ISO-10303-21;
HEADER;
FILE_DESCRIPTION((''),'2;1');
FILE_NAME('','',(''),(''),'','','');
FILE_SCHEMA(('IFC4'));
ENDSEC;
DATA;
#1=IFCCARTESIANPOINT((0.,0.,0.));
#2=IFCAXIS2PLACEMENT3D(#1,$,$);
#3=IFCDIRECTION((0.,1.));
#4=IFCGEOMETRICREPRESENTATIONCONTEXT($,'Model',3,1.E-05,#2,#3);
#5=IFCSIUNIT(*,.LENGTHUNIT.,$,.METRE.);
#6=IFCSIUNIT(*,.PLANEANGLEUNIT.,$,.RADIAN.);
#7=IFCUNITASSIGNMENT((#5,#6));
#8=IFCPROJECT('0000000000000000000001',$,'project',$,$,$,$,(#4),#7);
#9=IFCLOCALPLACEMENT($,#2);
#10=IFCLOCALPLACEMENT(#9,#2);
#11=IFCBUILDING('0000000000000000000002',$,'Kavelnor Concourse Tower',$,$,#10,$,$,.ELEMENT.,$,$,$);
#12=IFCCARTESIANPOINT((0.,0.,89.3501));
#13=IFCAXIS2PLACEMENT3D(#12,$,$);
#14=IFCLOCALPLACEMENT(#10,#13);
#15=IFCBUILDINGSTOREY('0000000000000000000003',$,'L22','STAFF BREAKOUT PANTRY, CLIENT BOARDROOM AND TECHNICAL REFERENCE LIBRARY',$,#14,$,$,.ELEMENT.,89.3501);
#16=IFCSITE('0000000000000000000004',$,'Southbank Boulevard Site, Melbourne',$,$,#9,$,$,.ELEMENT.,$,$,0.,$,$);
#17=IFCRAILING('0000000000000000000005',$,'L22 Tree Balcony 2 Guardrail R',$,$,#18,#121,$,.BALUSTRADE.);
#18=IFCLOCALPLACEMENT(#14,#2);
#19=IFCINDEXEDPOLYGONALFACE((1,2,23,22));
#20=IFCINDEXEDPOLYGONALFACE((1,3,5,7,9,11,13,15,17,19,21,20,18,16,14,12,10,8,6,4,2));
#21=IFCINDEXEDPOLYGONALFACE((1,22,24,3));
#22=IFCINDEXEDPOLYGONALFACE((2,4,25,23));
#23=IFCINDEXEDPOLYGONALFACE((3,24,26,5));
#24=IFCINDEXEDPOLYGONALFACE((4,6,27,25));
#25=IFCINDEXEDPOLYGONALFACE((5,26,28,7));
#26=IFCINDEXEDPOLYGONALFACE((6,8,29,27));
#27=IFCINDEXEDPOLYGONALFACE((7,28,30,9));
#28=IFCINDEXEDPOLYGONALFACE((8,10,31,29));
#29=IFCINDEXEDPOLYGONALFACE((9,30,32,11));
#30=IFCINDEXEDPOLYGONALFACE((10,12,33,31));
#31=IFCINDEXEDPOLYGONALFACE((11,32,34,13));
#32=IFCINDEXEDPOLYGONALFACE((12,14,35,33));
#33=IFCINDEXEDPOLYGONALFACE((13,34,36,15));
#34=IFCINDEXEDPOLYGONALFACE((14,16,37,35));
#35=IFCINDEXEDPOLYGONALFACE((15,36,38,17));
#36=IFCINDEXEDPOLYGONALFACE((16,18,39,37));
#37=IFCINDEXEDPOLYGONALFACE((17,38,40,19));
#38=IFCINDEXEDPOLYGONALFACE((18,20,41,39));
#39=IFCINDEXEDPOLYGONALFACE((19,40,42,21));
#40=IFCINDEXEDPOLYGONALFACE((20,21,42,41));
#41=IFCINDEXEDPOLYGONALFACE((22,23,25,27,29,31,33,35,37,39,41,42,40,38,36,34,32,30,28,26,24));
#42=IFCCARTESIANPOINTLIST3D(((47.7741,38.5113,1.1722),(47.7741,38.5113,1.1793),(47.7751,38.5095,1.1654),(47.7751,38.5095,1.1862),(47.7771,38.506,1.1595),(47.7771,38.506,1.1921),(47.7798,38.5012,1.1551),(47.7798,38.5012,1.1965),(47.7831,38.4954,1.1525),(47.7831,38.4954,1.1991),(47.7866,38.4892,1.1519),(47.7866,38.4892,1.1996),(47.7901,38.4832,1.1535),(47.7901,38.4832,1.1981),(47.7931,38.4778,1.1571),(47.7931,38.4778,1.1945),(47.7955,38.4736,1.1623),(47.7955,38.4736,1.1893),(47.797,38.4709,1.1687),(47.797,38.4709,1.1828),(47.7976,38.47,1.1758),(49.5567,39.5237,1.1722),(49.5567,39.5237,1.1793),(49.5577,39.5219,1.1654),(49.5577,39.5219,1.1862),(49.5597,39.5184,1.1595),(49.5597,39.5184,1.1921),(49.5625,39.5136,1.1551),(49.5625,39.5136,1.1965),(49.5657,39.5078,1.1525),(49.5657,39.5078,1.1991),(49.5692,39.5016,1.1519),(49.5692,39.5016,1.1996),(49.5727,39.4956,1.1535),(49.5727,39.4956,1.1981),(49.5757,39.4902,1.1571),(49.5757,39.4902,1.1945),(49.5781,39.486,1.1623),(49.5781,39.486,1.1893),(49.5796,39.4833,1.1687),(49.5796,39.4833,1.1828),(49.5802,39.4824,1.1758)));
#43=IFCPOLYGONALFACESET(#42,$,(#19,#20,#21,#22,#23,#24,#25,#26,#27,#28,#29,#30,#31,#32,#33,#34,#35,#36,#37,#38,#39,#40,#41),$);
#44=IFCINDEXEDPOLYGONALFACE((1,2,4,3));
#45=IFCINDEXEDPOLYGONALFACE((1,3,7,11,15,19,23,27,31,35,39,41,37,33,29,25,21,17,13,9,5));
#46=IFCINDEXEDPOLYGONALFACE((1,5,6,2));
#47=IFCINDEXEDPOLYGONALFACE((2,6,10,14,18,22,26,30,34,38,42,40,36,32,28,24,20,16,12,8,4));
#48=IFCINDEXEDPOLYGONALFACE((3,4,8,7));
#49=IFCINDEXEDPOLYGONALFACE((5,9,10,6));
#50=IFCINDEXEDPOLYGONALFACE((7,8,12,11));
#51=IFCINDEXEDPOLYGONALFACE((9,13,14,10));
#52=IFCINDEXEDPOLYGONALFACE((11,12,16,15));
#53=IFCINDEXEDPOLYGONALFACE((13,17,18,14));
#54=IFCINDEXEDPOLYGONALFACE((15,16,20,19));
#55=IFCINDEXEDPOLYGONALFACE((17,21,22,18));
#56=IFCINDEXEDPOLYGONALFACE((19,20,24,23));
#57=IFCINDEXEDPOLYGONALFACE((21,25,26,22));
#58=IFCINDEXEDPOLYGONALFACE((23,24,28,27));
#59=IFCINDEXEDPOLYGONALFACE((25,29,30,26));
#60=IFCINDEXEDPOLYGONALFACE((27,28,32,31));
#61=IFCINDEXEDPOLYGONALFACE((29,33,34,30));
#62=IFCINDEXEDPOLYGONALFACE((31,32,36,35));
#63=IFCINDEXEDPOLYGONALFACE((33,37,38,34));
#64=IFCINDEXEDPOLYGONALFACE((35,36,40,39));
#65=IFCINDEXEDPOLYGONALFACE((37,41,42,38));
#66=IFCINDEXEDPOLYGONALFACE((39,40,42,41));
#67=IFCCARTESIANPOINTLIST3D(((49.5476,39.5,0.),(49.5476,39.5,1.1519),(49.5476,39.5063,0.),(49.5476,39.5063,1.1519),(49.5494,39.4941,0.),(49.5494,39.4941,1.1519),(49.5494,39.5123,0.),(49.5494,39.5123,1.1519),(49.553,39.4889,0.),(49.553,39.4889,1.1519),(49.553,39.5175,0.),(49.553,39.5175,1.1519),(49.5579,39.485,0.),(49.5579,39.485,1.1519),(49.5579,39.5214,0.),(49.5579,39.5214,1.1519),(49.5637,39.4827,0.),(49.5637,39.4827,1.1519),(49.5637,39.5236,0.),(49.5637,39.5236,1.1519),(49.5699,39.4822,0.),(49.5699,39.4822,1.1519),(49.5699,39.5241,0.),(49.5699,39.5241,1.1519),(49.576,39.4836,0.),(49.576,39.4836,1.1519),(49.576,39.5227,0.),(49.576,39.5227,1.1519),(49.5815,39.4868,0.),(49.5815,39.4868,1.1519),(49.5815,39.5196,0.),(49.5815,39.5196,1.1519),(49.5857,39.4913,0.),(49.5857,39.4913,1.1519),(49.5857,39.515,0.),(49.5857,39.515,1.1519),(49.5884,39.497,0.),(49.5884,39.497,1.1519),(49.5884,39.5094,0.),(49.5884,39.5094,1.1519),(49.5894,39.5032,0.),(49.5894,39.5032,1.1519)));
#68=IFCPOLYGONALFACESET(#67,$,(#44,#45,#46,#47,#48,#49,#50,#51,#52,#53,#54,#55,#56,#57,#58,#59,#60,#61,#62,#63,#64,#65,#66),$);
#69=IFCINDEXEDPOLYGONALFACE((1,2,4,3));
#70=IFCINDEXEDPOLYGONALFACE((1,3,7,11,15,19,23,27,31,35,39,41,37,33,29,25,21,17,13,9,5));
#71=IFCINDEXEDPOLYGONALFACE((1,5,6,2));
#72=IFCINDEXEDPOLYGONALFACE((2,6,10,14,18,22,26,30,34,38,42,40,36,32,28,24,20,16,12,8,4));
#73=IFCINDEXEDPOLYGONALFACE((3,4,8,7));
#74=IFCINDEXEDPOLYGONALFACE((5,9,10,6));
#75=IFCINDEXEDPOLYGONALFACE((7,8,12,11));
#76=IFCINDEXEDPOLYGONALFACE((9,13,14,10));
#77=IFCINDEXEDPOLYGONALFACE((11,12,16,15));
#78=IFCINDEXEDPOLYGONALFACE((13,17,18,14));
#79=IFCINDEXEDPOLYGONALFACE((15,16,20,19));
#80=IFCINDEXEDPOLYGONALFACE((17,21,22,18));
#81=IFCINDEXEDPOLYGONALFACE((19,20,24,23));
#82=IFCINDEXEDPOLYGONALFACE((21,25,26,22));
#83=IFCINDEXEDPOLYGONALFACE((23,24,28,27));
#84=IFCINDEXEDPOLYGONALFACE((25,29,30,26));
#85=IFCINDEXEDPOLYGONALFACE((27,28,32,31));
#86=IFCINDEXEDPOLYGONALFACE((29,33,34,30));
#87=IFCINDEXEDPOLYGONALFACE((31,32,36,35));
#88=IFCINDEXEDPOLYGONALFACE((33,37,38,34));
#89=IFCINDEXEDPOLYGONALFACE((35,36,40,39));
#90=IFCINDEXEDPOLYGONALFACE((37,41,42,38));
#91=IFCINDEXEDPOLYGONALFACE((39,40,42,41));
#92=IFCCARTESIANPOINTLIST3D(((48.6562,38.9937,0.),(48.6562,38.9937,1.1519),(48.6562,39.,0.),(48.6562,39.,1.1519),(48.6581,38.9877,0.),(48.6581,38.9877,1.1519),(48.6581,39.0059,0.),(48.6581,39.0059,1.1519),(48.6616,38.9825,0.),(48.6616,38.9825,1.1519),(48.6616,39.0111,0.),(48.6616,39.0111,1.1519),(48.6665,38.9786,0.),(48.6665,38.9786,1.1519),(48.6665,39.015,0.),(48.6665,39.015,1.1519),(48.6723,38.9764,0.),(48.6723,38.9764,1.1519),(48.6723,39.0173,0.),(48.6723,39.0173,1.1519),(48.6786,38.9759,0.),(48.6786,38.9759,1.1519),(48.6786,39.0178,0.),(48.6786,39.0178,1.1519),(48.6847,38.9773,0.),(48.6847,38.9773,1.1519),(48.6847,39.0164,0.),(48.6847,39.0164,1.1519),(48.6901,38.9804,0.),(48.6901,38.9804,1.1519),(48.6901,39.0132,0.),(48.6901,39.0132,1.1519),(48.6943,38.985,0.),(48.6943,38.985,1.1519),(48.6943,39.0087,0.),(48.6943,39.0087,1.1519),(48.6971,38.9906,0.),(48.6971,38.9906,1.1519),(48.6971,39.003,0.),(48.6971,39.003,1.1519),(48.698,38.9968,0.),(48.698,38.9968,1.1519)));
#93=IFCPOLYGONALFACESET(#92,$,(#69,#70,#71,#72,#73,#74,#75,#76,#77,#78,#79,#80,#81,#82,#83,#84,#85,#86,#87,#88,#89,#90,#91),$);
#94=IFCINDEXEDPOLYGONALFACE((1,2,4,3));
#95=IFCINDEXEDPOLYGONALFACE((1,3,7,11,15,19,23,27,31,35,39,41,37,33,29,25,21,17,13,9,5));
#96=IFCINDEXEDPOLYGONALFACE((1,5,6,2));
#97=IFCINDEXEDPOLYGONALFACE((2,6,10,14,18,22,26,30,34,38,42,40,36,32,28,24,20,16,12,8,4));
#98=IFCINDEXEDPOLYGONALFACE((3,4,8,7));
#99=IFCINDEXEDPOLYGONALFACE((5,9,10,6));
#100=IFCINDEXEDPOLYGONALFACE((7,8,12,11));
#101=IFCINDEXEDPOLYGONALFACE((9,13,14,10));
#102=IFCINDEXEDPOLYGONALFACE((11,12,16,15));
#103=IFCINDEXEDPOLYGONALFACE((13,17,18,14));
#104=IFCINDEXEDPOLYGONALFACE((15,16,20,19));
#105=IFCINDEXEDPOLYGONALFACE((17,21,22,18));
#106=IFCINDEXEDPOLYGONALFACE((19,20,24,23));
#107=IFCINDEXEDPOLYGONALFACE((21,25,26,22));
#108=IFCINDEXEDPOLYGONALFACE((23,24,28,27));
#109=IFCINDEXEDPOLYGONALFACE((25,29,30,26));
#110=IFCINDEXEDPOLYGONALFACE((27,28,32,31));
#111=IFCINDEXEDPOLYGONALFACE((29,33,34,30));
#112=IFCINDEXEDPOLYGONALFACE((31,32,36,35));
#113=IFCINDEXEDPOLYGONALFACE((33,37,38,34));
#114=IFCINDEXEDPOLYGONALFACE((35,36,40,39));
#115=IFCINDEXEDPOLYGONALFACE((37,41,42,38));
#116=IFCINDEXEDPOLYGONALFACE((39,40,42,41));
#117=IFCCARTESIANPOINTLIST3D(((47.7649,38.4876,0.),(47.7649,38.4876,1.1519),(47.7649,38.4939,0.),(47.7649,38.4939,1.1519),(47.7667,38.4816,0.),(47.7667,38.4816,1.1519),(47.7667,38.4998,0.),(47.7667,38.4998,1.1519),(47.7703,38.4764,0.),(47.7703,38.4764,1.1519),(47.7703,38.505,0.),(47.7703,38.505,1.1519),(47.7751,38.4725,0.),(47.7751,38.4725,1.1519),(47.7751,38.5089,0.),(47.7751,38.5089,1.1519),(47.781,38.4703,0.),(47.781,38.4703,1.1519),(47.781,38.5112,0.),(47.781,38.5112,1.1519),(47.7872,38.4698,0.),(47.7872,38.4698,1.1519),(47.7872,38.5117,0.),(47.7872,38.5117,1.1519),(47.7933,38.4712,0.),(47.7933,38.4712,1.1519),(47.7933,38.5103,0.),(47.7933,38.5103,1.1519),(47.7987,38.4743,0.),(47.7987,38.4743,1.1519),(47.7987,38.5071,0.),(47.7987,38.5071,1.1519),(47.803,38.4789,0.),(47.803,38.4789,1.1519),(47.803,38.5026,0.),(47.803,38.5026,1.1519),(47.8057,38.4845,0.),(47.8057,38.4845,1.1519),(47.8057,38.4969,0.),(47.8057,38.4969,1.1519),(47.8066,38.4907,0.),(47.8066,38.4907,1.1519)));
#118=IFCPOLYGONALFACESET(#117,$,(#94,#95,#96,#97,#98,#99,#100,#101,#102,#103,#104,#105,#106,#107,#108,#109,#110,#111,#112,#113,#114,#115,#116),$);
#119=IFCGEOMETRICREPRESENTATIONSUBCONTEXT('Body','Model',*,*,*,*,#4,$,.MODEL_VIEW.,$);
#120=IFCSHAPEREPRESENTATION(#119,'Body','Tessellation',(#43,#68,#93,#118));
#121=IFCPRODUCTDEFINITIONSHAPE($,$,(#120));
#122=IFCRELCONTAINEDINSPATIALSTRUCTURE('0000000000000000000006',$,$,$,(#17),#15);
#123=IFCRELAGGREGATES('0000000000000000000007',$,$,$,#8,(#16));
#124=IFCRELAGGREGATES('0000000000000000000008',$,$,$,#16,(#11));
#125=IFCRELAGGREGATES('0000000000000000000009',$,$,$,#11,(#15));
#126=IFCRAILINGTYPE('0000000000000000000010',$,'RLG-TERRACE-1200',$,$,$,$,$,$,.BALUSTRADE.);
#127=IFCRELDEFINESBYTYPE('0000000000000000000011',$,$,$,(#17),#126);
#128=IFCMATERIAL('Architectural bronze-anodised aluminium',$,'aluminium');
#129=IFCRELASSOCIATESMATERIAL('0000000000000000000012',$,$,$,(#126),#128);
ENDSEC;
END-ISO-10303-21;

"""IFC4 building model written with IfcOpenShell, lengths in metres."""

from ifc_helpers import new_model, si_unit, direction, frame, origin, origin_2d, place, context, subcontext, project, spatial, circle, extrude, material, type_object, element, save


model = new_model("IFC4")

# Units and contexts
model_context = context("Model", 3, precision=1e-05, world=origin(), true_north=direction((0.0, 1.0)))
body_context = subcontext(model_context, "Body", "Model", "MODEL_VIEW")
ifc_project = project(units=[si_unit("LENGTHUNIT", "METRE"), si_unit("PLANEANGLEUNIT", "RADIAN")], contexts=[model_context])

# Site, building, storey
site_placement = place(None, origin())
site = spatial("IfcSite", under=ifc_project, at=site_placement, Name="Southbank Boulevard Site, Melbourne", CompositionType="ELEMENT", RefElevation=0.0)
building_placement = place(site_placement, origin())
building = spatial("IfcBuilding", under=site, at=building_placement, Name="Kavelnor Concourse Tower", CompositionType="ELEMENT")
storey_placement = place(building_placement, frame((0.0, 0.0, 89.3501)))
storey = spatial("IfcBuildingStorey", under=building, at=storey_placement, Name="L22", Description="STAFF BREAKOUT PANTRY, CLIENT BOARDROOM AND TECHNICAL REFERENCE LIBRARY", CompositionType="ELEMENT", Elevation=89.3501)

# Railing
ifc_material_1 = material(Name="Architectural bronze-anodised aluminium", Category="aluminium")
railing_type = type_object("IfcRailingType", Name="RLG-TERRACE-1200", PredefinedType="BALUSTRADE", material=ifc_material_1)
railing_1_placement = place(storey_placement, frame((49.5684, 39.5032, 0.0)))
element("IfcRailing", 1, at=railing_1_placement, inside=storey, type_object=railing_type, Name="L22 Tree Balcony 2 Guardrail R", PredefinedType="BALUSTRADE", context=body_context, shape_type="SweptSolid", body=[
    extrude(circle(Radius=0.0239, at=origin_2d()), frame((0.0, 0.0, 1.1758), z_axis=(-0.869552, -0.493842, 0.0), x_axis=(0.493842, -0.869552, 0.0)), (0.0, 0.0, 1.0), 2.05),
    extrude(circle(Radius=0.021, at=origin_2d()), origin(), (0.0, 0.0, 1.0), 1.1519),
    extrude(circle(Radius=0.021, at=origin_2d()), frame((-0.8914, -0.5063, 0.0)), (0.0, 0.0, 1.0), 1.1519),
    extrude(circle(Radius=0.021, at=origin_2d()), frame((-1.7827, -1.0125, 0.0)), (0.0, 0.0, 1.0), 1.1519),
])

save(model, "model.ifc")
